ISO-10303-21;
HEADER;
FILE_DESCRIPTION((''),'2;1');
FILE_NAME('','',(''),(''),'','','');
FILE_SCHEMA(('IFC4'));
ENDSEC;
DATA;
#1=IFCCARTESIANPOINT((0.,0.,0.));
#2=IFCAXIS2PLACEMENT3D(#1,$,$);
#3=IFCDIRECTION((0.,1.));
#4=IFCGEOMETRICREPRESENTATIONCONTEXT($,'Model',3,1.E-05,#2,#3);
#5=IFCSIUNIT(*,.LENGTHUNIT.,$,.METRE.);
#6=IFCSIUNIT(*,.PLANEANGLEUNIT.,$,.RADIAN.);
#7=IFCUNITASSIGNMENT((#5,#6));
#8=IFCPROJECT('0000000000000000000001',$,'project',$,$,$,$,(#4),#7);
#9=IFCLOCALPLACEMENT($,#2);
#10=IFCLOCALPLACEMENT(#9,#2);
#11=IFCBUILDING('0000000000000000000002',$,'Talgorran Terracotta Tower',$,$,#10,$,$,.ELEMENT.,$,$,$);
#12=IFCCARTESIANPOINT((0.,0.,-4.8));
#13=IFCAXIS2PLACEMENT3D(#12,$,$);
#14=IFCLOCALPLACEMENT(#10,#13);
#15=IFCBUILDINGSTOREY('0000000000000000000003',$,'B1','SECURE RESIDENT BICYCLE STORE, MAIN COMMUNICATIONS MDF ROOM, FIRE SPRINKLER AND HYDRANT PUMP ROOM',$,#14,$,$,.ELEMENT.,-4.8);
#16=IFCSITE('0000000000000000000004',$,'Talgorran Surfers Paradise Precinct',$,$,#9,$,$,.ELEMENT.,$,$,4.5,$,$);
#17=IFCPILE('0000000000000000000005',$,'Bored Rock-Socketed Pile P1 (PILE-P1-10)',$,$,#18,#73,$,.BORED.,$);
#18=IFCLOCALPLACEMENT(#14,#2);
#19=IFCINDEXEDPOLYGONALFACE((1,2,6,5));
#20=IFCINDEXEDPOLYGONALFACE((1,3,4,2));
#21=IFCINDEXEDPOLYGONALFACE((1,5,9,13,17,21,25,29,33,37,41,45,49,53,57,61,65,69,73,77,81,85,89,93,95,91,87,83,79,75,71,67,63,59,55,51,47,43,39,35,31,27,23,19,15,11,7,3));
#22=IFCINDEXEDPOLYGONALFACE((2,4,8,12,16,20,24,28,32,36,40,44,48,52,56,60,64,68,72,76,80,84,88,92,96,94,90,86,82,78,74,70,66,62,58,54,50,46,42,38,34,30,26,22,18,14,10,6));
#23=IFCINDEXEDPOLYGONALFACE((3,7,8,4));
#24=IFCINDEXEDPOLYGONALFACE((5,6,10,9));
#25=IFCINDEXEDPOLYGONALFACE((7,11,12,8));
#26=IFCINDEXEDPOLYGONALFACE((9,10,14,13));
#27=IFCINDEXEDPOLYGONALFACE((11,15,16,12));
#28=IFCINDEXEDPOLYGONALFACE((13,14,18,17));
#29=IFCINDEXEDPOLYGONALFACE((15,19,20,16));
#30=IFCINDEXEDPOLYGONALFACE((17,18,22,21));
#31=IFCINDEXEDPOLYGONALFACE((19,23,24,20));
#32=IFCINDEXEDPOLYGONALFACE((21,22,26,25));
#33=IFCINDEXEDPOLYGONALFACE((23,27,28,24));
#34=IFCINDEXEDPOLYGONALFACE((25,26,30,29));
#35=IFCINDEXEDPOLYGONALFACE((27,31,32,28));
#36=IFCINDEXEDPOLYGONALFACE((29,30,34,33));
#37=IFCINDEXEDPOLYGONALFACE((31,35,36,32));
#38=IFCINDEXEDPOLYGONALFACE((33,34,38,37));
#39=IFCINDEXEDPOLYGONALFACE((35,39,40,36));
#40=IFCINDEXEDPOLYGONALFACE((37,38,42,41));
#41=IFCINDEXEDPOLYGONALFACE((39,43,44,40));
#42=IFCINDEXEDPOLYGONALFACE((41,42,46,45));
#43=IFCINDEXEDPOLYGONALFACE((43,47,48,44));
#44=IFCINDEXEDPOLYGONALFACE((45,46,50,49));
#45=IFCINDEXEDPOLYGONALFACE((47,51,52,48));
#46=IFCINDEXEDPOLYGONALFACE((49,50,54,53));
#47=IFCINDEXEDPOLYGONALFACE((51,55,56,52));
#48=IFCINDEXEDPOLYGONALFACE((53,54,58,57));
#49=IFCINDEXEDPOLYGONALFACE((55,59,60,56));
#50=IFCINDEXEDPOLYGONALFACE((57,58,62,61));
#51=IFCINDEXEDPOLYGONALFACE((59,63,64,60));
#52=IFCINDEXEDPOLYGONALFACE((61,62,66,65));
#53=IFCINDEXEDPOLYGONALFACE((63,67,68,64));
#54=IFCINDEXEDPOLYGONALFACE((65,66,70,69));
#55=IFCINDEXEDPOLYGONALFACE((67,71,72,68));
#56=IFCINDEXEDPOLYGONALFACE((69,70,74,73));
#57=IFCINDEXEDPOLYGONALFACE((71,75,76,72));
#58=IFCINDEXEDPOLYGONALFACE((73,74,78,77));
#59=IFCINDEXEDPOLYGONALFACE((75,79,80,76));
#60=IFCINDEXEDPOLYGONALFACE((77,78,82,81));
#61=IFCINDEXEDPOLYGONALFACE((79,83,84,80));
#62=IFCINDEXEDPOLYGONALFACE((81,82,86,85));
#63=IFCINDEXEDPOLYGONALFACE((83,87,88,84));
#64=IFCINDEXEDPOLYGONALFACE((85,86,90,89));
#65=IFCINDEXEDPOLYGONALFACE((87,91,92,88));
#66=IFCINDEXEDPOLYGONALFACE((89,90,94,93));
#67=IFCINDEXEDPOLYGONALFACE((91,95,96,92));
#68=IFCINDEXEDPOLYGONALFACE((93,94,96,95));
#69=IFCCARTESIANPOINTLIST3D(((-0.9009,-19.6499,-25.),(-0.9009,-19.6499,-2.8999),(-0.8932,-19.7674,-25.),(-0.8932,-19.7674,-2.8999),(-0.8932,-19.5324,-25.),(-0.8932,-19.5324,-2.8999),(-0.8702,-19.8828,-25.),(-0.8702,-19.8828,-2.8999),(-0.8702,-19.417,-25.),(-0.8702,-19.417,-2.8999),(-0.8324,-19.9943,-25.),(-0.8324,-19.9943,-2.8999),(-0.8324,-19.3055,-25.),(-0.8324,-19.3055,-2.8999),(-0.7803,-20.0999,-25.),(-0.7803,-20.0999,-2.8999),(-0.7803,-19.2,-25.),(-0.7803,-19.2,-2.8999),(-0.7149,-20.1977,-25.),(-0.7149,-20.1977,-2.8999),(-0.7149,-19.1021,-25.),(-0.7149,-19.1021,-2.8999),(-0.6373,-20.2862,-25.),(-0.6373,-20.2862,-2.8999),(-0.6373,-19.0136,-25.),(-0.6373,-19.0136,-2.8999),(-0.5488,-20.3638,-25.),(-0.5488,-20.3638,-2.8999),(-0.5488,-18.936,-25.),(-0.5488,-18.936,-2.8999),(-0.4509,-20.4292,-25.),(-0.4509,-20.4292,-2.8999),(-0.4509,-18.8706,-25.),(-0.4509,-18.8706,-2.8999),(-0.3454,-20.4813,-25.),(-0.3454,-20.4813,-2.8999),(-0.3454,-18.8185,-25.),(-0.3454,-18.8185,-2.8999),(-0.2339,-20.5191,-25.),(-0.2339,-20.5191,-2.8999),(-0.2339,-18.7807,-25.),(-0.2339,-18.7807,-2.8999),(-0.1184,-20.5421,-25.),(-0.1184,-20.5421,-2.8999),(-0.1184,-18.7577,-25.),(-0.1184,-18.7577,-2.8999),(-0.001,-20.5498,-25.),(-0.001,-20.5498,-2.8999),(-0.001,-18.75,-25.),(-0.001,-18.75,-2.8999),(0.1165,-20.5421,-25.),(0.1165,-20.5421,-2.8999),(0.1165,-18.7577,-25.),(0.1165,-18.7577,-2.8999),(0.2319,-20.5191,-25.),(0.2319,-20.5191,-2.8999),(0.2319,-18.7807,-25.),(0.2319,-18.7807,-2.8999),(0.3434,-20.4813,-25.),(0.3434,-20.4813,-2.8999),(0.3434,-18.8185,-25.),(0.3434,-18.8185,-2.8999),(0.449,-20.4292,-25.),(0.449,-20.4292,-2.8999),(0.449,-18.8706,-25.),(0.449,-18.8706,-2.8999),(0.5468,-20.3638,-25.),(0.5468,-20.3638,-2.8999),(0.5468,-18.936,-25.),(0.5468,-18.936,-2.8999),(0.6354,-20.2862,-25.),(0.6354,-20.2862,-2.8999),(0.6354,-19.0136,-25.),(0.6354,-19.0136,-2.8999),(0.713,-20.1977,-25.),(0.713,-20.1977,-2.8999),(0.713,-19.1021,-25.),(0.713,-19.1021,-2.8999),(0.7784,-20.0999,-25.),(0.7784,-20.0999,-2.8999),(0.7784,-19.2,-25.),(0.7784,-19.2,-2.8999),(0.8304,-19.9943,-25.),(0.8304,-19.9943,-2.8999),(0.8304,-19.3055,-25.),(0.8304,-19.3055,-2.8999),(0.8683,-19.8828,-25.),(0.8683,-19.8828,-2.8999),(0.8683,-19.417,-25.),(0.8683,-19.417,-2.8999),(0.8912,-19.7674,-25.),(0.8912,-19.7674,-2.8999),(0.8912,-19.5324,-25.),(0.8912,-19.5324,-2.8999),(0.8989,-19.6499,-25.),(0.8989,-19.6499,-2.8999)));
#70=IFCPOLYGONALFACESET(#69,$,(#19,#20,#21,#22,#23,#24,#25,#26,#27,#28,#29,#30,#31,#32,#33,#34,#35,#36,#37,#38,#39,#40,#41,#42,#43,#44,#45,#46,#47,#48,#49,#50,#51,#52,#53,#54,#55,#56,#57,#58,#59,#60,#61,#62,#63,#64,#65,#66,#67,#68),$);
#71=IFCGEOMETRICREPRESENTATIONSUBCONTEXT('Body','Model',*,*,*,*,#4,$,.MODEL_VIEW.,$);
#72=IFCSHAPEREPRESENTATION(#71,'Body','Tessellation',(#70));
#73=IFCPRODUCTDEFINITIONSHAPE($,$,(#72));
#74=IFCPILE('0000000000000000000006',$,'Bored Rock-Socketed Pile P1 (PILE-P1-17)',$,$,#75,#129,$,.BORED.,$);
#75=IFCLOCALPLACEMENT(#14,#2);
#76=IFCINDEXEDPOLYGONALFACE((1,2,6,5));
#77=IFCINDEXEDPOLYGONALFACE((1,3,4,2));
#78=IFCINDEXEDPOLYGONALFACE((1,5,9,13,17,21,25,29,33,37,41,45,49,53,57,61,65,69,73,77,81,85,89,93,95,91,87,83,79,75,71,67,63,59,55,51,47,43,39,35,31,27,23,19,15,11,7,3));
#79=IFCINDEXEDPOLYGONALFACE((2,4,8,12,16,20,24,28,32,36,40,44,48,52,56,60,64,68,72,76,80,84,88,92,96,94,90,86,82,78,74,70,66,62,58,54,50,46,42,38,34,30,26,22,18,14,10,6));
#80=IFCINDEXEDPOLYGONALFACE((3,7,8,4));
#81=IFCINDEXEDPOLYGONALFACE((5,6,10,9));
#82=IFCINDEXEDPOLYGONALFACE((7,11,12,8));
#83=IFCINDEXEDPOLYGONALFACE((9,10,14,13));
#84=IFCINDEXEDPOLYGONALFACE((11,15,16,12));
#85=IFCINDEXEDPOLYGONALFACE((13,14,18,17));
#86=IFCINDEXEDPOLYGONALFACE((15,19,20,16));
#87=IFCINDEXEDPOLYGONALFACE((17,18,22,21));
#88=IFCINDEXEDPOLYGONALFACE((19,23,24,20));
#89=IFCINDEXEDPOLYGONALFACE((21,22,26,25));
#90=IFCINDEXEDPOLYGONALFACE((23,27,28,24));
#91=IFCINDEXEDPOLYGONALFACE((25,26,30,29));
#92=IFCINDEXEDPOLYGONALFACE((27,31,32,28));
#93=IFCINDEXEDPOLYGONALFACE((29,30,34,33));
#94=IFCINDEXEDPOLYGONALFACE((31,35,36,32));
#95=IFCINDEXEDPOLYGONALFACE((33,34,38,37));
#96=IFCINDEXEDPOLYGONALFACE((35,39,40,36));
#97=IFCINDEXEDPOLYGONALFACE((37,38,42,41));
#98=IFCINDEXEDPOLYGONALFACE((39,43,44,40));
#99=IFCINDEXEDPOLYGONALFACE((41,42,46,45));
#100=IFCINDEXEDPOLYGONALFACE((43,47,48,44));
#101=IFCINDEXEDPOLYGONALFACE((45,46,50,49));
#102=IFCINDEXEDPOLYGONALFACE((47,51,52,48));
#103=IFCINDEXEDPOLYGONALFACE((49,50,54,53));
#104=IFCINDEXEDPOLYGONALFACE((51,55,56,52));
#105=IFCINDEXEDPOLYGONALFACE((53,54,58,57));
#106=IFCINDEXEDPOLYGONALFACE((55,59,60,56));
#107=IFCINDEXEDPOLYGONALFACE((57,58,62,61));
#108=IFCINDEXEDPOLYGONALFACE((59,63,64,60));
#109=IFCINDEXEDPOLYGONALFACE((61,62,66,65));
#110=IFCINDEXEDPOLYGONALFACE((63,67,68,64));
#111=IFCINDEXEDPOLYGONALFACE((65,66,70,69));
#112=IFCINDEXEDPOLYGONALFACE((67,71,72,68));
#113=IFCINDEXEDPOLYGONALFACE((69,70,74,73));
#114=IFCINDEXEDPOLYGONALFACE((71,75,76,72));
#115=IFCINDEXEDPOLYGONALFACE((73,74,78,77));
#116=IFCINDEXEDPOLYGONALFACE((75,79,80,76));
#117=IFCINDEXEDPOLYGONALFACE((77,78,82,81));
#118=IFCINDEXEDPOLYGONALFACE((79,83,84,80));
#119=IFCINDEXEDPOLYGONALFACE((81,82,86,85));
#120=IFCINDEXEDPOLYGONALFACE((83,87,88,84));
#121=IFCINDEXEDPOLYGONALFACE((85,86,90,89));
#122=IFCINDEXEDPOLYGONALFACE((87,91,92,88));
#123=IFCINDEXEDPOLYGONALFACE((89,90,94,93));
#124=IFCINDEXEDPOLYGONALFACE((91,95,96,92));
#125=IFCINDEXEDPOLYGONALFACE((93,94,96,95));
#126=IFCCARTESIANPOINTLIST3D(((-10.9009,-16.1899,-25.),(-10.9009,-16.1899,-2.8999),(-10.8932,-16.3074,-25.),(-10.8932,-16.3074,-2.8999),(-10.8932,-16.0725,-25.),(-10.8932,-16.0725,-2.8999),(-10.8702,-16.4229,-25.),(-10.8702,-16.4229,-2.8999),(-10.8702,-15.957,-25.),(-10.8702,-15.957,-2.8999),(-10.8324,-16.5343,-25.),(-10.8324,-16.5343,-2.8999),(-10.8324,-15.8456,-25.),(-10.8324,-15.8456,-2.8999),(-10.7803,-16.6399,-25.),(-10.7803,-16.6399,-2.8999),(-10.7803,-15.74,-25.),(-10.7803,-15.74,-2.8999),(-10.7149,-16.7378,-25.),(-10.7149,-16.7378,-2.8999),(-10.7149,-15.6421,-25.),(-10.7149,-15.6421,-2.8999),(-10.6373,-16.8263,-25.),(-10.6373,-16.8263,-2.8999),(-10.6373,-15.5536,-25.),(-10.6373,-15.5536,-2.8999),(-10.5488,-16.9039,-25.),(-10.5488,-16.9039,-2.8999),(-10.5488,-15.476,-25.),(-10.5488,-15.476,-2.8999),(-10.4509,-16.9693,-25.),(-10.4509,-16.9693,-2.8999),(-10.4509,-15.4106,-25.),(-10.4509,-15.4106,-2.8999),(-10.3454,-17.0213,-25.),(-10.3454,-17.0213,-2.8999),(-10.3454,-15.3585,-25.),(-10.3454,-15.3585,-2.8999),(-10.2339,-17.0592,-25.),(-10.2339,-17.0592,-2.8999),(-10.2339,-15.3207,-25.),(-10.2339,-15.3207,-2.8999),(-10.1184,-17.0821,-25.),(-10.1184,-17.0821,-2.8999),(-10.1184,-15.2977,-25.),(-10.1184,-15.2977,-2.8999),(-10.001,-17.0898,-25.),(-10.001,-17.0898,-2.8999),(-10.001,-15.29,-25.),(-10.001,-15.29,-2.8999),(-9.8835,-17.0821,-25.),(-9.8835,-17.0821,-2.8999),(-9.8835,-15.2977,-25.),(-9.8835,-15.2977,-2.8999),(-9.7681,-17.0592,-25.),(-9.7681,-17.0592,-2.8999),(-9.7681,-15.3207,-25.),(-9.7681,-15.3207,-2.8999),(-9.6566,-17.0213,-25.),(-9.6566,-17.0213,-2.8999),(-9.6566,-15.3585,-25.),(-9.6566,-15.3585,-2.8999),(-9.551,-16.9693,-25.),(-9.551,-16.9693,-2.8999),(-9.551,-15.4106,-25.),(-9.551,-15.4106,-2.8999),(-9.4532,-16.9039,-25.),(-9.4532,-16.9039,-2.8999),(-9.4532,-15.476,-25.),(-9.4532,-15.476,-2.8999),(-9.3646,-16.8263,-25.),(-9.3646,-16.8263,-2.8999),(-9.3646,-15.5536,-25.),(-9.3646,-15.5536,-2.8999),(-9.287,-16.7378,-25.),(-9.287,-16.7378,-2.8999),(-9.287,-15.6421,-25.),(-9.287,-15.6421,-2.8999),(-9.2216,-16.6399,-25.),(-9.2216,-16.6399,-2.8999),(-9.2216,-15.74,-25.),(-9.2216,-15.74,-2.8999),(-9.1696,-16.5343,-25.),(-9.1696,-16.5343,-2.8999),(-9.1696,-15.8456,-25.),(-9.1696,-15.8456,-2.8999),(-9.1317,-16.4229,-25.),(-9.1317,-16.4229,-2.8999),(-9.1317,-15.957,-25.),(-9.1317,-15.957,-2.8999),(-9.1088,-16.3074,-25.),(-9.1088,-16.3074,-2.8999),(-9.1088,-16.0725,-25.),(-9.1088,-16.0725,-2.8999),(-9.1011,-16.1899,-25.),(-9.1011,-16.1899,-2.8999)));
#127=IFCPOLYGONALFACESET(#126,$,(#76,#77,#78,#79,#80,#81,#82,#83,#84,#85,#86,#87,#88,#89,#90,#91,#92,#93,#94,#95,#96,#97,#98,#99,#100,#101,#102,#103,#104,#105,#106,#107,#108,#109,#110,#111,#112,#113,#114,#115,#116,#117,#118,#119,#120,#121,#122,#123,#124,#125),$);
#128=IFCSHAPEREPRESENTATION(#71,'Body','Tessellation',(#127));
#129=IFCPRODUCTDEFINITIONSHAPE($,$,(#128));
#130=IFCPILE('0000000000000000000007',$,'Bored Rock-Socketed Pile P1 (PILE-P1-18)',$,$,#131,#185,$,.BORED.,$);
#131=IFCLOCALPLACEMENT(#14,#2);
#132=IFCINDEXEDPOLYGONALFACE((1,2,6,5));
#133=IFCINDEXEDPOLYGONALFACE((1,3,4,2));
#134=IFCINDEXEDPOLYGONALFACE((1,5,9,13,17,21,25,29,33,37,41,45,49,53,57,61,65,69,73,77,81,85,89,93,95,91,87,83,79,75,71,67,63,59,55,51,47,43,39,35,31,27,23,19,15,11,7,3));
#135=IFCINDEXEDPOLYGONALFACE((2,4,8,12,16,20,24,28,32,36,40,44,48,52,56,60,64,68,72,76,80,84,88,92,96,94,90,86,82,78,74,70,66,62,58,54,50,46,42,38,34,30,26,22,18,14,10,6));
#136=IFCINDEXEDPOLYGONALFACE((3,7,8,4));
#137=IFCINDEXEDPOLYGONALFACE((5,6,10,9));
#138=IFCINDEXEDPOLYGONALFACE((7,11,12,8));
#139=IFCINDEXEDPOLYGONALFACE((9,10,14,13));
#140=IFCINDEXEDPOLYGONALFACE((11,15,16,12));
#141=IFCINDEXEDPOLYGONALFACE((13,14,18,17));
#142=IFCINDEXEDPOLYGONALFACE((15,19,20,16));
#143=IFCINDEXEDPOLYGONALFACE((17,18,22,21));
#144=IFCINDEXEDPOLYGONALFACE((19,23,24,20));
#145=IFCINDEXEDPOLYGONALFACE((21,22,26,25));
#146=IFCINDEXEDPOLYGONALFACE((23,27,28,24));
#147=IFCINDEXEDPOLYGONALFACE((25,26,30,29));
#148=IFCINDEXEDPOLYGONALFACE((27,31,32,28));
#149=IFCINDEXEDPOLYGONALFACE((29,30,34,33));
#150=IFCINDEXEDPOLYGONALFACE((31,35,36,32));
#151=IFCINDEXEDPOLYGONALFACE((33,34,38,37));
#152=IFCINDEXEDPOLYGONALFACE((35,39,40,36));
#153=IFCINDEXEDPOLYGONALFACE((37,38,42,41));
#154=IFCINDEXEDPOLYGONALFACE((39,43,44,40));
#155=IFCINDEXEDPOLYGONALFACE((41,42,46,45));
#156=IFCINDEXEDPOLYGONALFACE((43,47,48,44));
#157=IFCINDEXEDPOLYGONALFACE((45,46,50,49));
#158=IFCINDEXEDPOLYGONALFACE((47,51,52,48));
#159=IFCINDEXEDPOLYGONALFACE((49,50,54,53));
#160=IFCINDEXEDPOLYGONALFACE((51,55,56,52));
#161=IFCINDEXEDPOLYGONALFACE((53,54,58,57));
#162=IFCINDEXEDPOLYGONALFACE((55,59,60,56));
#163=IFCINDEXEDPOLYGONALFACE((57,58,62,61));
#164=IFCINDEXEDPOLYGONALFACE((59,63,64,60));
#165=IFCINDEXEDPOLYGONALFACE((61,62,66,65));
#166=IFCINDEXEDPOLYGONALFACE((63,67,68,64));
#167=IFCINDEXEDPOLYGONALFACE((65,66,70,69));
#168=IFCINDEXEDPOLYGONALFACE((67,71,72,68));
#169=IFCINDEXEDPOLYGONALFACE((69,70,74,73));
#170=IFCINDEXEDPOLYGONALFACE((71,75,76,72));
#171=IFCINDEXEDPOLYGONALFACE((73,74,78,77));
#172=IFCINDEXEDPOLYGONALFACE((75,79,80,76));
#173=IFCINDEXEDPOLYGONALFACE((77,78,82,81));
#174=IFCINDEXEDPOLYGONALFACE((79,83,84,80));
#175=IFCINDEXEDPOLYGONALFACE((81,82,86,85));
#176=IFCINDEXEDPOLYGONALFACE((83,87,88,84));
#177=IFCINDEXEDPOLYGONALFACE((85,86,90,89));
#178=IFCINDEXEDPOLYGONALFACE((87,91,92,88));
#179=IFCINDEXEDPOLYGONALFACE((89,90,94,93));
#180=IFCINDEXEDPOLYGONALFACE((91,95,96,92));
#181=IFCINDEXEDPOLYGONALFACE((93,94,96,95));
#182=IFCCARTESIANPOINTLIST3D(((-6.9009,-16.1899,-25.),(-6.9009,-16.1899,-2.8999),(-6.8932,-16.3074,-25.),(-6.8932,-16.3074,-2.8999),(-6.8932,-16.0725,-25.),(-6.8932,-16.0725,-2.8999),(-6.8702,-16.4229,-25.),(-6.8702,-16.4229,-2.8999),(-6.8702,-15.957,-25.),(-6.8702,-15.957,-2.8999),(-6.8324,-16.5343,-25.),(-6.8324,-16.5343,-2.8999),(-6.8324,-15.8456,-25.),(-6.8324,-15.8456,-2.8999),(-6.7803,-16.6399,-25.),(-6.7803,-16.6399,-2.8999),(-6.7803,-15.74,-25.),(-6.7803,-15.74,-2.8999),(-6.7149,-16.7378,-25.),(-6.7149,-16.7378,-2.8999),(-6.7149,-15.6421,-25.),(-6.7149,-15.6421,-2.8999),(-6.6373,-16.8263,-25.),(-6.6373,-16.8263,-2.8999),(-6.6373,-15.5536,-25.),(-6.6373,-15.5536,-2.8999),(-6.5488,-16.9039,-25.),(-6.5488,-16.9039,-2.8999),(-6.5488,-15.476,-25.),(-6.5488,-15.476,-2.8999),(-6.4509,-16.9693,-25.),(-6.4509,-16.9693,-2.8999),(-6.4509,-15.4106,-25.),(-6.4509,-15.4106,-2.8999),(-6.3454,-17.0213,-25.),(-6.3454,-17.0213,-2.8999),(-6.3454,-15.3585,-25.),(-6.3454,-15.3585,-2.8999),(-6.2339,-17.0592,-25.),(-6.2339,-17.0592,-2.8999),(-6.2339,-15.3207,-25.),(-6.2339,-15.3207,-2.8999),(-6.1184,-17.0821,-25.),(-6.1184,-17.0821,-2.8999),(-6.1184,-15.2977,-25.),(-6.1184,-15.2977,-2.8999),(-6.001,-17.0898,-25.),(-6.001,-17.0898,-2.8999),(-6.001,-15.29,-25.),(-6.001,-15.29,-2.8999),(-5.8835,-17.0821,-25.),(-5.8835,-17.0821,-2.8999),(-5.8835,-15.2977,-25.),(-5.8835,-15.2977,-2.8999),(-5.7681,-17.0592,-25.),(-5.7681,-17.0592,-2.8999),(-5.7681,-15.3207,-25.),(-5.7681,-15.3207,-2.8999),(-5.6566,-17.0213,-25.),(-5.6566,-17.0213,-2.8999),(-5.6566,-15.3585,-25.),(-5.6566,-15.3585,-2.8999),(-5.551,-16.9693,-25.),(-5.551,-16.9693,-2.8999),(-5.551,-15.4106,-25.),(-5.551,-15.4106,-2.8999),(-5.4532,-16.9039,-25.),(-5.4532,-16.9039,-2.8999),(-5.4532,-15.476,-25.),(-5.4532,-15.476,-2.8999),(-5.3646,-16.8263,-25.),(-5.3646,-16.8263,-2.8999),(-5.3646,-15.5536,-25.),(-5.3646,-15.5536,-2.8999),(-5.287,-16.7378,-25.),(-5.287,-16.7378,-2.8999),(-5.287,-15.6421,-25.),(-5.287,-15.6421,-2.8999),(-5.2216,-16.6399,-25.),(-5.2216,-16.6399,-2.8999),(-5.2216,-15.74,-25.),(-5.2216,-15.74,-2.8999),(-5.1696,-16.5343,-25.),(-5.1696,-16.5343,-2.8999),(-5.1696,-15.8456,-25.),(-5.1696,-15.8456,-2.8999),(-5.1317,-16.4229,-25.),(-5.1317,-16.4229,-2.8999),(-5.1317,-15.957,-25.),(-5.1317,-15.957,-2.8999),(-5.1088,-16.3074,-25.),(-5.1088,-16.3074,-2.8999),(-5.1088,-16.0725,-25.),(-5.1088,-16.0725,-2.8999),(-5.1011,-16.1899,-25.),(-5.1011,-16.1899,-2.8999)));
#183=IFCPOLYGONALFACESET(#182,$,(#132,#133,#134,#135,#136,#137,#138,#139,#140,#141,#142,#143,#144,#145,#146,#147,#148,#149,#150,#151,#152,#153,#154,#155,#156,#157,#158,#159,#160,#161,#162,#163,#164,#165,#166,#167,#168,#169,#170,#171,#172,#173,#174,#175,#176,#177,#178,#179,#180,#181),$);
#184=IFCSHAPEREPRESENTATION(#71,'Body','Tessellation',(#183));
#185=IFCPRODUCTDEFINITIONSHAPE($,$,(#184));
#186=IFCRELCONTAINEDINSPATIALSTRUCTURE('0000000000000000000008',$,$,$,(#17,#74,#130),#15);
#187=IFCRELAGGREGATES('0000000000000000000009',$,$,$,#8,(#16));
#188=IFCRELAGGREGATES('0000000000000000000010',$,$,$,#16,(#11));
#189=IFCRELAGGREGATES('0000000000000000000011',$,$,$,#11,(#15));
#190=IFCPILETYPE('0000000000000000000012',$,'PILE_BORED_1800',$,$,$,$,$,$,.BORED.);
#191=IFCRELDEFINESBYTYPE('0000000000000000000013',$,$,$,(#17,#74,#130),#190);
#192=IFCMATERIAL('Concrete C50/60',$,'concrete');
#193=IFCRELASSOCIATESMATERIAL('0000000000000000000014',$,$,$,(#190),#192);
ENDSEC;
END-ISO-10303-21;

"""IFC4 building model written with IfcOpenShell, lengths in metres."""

from ifc_helpers import new_model, si_unit, direction, frame, origin, origin_2d, place, context, subcontext, project, spatial, circle, extrude, material, material_profile, profile_set, type_object, element, save


model = new_model("IFC4")

# Units and contexts
model_context = context("Model", 3, precision=1e-05, world=origin(), true_north=direction((0.0, 1.0)))
body_context = subcontext(model_context, "Body", "Model", "MODEL_VIEW")
ifc_project = project(units=[si_unit("LENGTHUNIT", "METRE"), si_unit("PLANEANGLEUNIT", "RADIAN")], contexts=[model_context])

# Site, building, storey
site_placement = place(None, origin())
site = spatial("IfcSite", under=ifc_project, at=site_placement, Name="Talgorran Surfers Paradise Precinct", CompositionType="ELEMENT", RefElevation=4.5)
building_placement = place(site_placement, origin())
building = spatial("IfcBuilding", under=site, at=building_placement, Name="Talgorran Terracotta Tower", CompositionType="ELEMENT")
storey_placement = place(building_placement, frame((0.0, 0.0, -4.8)))
storey = spatial("IfcBuildingStorey", under=building, at=storey_placement, Name="B1", Description="SECURE RESIDENT BICYCLE STORE, MAIN COMMUNICATIONS MDF ROOM, FIRE SPRINKLER AND HYDRANT PUMP ROOM", CompositionType="ELEMENT", Elevation=-4.8)

# Shared definitions
ifc_material_1 = material(Name="Concrete C50/60", Category="concrete")

# Piles
ifc_material_profile_1 = material_profile(ifc_material_1, circle(Radius=0.8999, at=origin_2d()), Name="PILE1800")
ifc_profile_set_1 = profile_set([ifc_material_profile_1], Name="Concrete C50/60")
pile_type = type_object("IfcPileType", Name="PILE_BORED_1800", PredefinedType="BORED", material=ifc_profile_set_1)
for number, where, z_axis, x_axis, name in (
    (1, (-0.001, -19.6499, -2.8999), (0.0, 0.0, -1.0), (1.0, 0.0, 0.0), "Bored Rock-Socketed Pile P1 (PILE-P1-10)"),
    (2, (-10.001, -16.1899, -2.8999), (0.0, 0.0, -1.0), (1.0, 0.0, 0.0), "Bored Rock-Socketed Pile P1 (PILE-P1-17)"),
    (3, (-6.001, -16.1899, -2.8999), (0.0, 0.0, -1.0), (1.0, 0.0, 0.0), "Bored Rock-Socketed Pile P1 (PILE-P1-18)"),
):
    element("IfcPile", number, at=place(storey_placement, frame(where, z_axis=z_axis, x_axis=x_axis)), inside=storey, type_object=pile_type, Name=name, PredefinedType="BORED", context=body_context, shape_type="SweptSolid", body=[
        extrude(circle(Radius=0.8999, at=origin_2d()), origin(), (0.0, 0.0, 1.0), 22.1001),
    ])

save(model, "model.ifc")
